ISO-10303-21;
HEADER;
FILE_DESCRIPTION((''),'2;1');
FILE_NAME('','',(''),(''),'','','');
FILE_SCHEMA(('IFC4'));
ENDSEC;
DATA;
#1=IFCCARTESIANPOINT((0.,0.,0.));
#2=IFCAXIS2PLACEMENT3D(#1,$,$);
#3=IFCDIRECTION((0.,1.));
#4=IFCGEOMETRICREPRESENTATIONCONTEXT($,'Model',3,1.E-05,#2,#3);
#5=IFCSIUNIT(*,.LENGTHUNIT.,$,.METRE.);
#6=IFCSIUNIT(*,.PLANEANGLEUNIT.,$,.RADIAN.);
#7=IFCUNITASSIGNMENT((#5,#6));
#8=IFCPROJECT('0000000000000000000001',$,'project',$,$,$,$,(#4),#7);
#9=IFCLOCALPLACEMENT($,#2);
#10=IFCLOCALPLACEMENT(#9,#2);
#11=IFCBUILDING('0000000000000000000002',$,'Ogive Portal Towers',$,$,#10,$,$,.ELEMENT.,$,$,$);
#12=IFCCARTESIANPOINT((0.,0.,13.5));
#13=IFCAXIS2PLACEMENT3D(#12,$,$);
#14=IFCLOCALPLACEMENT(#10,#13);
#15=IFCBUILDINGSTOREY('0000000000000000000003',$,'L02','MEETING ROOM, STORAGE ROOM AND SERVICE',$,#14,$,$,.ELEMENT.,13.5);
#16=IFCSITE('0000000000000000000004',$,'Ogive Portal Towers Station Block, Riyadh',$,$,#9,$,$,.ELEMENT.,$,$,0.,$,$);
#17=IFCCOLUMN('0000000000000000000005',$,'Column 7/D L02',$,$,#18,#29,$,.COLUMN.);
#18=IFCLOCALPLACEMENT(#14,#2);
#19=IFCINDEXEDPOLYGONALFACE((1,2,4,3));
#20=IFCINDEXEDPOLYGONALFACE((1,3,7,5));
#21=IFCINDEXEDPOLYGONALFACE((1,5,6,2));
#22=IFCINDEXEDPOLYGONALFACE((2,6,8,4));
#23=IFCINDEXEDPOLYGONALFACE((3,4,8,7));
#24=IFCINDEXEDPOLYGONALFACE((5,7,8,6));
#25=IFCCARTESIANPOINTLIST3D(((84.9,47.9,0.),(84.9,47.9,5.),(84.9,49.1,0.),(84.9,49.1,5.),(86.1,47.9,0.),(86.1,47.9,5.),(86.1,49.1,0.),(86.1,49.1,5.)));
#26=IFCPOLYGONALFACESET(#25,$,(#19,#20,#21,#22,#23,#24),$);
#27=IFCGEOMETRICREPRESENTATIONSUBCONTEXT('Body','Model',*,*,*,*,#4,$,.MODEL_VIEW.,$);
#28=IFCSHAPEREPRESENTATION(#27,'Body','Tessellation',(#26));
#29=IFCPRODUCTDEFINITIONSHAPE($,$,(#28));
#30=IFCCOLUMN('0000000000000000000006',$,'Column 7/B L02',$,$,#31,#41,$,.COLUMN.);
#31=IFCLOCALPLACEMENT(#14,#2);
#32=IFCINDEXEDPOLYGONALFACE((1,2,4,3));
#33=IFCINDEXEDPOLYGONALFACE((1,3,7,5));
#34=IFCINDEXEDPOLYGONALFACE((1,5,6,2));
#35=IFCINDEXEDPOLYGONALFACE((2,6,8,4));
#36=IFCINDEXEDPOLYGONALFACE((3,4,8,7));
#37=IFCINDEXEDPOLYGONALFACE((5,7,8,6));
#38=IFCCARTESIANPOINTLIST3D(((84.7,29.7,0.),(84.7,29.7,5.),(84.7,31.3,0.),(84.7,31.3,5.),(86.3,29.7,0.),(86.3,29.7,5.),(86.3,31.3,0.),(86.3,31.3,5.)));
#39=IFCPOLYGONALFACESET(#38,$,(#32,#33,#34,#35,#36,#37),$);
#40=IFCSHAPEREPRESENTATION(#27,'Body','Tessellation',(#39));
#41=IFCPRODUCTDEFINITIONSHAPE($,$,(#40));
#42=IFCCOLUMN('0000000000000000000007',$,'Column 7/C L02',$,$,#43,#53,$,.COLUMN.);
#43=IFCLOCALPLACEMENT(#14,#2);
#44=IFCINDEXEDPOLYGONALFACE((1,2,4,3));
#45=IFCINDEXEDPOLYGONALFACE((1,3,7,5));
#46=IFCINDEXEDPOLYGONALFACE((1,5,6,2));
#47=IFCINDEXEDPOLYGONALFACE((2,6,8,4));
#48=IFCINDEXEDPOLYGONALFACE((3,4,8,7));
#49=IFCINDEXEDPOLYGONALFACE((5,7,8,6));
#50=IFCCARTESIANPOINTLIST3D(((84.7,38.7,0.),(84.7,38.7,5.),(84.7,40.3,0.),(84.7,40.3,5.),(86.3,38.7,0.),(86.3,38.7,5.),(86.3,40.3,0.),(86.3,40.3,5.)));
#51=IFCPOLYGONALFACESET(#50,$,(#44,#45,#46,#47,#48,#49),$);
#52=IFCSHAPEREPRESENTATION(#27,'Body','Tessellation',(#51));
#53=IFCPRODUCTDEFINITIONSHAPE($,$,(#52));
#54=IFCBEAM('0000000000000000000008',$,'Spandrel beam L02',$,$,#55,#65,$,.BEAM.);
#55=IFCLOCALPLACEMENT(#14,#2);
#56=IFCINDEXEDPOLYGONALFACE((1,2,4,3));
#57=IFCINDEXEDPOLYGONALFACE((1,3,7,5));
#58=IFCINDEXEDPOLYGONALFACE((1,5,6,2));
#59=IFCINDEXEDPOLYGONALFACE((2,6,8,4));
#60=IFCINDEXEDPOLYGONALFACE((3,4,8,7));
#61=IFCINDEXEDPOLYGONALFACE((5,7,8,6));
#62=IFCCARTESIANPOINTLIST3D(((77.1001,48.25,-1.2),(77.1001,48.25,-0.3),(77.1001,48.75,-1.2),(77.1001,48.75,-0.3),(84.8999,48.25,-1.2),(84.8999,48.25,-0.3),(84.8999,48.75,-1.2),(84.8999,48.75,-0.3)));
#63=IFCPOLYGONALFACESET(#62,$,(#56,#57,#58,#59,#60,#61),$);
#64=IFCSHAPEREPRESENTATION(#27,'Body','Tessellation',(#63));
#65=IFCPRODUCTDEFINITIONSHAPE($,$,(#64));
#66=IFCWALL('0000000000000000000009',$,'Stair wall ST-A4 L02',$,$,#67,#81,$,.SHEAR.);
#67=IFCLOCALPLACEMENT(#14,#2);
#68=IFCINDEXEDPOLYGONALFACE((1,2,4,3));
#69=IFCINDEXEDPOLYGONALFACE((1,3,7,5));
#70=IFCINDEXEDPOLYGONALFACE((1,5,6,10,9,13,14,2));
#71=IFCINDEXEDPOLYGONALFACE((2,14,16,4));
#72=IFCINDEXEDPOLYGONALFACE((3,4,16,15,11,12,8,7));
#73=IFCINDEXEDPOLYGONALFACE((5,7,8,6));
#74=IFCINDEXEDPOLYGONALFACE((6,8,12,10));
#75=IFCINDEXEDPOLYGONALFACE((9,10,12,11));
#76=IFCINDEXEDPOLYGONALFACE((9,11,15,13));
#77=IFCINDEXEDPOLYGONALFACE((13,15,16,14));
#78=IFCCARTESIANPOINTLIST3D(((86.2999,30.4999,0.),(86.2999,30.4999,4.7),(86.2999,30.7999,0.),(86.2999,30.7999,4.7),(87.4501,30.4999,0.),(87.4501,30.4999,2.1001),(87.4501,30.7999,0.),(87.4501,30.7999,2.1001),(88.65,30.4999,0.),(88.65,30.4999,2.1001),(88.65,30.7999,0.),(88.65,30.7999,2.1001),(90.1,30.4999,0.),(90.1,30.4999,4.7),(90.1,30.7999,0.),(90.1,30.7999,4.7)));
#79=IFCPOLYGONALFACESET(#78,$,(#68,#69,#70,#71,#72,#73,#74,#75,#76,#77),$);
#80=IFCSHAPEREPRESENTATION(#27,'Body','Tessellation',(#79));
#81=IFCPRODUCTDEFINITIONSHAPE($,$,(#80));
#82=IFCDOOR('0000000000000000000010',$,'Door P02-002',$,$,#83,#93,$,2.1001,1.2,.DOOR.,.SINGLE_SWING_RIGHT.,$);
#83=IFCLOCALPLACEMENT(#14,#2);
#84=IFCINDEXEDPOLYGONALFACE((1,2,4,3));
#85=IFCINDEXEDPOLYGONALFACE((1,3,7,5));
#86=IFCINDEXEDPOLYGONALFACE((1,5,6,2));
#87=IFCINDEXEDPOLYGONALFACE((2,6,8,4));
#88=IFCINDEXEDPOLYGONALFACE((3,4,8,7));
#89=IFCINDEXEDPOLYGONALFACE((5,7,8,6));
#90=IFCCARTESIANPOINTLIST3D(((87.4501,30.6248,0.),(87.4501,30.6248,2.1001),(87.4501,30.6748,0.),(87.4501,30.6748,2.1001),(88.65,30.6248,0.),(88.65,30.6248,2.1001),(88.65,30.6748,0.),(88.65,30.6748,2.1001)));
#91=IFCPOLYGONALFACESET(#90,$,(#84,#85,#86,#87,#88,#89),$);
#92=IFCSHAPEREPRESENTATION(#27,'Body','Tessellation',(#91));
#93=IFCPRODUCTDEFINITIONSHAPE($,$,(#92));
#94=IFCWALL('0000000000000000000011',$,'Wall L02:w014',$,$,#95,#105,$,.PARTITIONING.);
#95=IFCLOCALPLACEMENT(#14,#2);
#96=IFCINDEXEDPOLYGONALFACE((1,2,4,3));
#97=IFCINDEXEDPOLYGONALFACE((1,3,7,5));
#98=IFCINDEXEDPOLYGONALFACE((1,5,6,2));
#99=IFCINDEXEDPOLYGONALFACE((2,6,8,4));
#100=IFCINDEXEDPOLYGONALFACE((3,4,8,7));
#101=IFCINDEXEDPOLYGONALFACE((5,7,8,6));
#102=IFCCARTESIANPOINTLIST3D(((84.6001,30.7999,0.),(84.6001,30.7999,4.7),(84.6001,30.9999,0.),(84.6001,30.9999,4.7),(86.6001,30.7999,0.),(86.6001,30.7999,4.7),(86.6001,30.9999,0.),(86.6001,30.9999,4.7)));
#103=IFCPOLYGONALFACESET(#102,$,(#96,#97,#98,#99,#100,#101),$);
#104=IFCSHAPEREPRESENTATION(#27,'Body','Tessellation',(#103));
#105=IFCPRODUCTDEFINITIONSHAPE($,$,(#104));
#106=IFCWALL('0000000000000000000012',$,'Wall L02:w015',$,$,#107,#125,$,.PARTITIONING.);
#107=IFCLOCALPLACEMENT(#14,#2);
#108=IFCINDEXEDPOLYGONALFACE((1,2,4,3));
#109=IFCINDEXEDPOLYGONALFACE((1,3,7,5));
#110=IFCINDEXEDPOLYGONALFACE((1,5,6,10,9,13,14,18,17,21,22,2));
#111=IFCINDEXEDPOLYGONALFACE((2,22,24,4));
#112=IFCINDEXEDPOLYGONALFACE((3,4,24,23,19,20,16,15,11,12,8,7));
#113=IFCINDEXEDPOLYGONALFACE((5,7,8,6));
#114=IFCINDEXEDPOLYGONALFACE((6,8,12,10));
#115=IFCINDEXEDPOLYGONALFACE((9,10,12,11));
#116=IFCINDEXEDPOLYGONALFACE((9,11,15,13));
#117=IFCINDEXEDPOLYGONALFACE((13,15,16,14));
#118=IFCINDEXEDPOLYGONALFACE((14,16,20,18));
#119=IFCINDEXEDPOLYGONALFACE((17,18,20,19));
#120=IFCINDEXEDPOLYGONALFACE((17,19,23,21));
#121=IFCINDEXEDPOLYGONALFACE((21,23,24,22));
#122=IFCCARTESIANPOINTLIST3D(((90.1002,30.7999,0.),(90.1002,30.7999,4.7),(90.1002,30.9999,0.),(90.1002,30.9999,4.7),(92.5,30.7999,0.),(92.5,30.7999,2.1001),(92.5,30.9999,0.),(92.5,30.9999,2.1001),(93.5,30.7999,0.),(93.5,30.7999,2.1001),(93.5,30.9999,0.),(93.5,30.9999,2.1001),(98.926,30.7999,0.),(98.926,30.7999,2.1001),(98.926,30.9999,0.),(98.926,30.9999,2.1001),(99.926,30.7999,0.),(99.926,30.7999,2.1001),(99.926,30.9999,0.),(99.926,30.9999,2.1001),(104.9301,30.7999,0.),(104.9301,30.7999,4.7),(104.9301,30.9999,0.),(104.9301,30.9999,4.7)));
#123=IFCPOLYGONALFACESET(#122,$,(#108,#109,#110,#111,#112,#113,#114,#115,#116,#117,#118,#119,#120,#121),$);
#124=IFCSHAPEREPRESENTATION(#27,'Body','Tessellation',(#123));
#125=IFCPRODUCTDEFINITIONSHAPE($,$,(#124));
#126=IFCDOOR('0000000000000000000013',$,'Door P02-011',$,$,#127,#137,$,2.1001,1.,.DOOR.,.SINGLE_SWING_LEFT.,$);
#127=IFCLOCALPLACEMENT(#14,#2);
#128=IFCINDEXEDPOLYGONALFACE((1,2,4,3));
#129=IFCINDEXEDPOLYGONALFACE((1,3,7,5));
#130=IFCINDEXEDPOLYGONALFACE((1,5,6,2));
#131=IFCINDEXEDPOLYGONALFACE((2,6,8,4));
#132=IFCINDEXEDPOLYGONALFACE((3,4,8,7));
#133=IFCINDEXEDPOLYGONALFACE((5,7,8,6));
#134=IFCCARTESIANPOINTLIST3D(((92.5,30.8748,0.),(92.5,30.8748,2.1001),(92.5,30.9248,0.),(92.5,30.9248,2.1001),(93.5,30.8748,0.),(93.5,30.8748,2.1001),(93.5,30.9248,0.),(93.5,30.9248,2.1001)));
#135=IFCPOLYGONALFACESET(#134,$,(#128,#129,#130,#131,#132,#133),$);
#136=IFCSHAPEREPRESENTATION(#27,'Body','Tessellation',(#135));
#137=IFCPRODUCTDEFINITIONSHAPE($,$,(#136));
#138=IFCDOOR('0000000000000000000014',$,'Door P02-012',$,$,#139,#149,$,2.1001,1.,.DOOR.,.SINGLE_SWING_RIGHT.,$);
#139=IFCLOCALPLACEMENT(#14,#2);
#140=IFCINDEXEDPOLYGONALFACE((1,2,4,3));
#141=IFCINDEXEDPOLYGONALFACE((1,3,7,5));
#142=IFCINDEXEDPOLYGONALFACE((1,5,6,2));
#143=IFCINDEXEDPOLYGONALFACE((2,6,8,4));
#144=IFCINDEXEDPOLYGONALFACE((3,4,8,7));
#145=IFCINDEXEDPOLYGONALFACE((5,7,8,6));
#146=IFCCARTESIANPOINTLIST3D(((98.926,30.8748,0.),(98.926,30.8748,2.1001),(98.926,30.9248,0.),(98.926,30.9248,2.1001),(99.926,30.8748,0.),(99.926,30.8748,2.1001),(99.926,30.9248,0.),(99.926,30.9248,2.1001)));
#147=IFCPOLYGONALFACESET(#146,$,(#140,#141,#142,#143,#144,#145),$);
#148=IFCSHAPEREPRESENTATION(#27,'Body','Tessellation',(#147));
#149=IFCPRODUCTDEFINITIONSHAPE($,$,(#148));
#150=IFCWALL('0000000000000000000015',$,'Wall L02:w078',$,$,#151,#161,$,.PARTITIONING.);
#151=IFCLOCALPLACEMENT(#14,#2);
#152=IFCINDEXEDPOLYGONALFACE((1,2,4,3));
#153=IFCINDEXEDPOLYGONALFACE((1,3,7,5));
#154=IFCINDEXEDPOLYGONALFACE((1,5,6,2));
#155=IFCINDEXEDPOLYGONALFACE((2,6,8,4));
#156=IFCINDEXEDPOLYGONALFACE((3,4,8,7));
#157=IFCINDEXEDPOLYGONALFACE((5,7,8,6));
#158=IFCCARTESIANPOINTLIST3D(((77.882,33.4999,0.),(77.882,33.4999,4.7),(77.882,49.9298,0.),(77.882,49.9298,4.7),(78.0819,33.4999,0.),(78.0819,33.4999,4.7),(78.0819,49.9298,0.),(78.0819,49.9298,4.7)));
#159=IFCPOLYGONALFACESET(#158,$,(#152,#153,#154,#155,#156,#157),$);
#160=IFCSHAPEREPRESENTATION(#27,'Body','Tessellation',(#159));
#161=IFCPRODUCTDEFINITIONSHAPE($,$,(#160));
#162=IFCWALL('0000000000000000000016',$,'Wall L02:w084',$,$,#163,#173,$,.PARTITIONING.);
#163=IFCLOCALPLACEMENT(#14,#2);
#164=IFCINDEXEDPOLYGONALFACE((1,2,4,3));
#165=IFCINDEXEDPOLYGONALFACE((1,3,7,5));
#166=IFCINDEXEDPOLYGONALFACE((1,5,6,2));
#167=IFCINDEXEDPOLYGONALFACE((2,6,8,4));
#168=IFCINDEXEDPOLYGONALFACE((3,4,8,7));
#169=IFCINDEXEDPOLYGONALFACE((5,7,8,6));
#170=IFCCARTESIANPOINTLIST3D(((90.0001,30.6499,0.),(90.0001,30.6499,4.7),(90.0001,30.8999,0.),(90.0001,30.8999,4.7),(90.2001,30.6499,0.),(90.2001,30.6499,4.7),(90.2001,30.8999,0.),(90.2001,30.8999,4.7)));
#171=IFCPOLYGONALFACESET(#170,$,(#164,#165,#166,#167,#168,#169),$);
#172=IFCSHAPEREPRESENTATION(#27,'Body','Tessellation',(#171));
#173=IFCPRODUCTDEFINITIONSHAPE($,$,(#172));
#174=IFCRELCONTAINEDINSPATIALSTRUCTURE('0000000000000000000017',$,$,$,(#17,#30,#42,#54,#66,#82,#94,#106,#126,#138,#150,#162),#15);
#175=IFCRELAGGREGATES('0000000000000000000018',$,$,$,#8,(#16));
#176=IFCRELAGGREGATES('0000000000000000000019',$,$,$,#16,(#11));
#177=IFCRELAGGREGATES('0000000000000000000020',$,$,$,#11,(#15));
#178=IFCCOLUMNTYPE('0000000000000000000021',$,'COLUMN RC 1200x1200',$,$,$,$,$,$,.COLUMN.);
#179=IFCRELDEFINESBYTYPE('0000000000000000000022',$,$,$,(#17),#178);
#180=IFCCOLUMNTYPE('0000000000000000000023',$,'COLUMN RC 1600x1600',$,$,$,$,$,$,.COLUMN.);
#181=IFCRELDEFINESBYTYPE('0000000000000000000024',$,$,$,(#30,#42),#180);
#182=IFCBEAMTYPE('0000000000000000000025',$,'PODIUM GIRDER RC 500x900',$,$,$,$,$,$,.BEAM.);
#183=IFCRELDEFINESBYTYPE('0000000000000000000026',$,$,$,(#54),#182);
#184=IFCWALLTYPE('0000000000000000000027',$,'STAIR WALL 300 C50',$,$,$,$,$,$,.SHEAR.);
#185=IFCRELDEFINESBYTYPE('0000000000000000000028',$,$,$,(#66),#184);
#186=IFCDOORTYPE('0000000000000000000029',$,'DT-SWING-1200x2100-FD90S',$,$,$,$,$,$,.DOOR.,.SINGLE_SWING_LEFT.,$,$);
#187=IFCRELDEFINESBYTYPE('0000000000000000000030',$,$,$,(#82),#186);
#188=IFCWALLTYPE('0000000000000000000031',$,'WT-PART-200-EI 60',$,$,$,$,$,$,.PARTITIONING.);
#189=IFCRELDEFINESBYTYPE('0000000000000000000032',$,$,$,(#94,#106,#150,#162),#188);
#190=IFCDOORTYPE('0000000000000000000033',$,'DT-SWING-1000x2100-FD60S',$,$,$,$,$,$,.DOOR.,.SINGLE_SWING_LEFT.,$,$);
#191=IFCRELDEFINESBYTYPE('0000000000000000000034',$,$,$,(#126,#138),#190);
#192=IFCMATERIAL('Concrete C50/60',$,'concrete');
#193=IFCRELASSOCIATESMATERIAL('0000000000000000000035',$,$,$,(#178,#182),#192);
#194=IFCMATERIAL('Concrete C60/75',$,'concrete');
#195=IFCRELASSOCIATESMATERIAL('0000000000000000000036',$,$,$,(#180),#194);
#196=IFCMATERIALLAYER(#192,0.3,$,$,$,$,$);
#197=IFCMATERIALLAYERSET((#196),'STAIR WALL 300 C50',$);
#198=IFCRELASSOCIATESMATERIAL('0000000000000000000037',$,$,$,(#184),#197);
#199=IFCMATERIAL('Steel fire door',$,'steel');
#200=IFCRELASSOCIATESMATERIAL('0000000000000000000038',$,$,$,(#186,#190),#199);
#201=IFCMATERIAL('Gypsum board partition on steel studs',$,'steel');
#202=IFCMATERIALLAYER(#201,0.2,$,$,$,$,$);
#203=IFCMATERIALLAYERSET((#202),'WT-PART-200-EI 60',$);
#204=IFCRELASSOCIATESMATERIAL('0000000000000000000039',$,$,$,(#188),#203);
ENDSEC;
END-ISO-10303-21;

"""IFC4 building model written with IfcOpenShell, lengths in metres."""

from ifc_helpers import new_model, si_unit, direction, frame, frame_2d, origin, origin_2d, place, context, subcontext, project, spatial, rectangle, extrude, material, layer, layer_set, material_profile, profile_set, type_object, element, fill, save


model = new_model("IFC4")

# Units and contexts
model_context = context("Model", 3, precision=1e-05, world=origin(), true_north=direction((0.0, 1.0)))
body_context = subcontext(model_context, "Body", "Model", "MODEL_VIEW")
ifc_project = project(units=[si_unit("LENGTHUNIT", "METRE"), si_unit("PLANEANGLEUNIT", "RADIAN")], contexts=[model_context])

# Site, building, storey
site_placement = place(None, origin())
site = spatial("IfcSite", under=ifc_project, at=site_placement, Name="Ogive Portal Towers Station Block, Riyadh", CompositionType="ELEMENT", RefElevation=0.0)
building_placement = place(site_placement, origin())
building = spatial("IfcBuilding", under=site, at=building_placement, Name="Ogive Portal Towers", CompositionType="ELEMENT")
storey_placement = place(building_placement, frame((0.0, 0.0, 13.5)))
storey = spatial("IfcBuildingStorey", under=building, at=storey_placement, Name="L02", Description="MEETING ROOM, STORAGE ROOM AND SERVICE", CompositionType="ELEMENT", Elevation=13.5)

# Columns
ifc_material_1 = material(Name="Concrete C50/60", Category="concrete")
ifc_material_profile_1 = material_profile(ifc_material_1, rectangle(XDim=1.2, YDim=1.2, at=origin_2d()), Name="RC 1200x1200")
ifc_profile_set_1 = profile_set([ifc_material_profile_1], Name="Concrete C50/60")
column_type_1 = type_object("IfcColumnType", Name="COLUMN RC 1200x1200", PredefinedType="COLUMN", material=ifc_profile_set_1)
column_placement = place(storey_placement, frame((85.5, 48.5, 0.0), z_axis=(0.0, 0.0, 1.0), x_axis=(1.0, 0.0, 0.0)))
element("IfcColumn", 1, at=column_placement, inside=storey, type_object=column_type_1, Name="Column 7/D L02", PredefinedType="COLUMN", context=body_context, shape_type="SweptSolid", body=[
    extrude(rectangle(XDim=1.2, YDim=1.2, at=origin_2d()), origin(), (0.0, 0.0, 1.0), 5.0),
])
ifc_material_2 = material(Name="Concrete C60/75", Category="concrete")
ifc_material_profile_2 = material_profile(ifc_material_2, rectangle(XDim=1.6001, YDim=1.6001, at=origin_2d()), Name="RC 1600x1600")
ifc_profile_set_2 = profile_set([ifc_material_profile_2], Name="Concrete C60/75")
column_type_2 = type_object("IfcColumnType", Name="COLUMN RC 1600x1600", PredefinedType="COLUMN", material=ifc_profile_set_2)
for number, where, z_axis, x_axis, name in (
    (2, (85.5, 30.5, 0.0), (0.0, 0.0, 1.0), (1.0, 0.0, 0.0), "Column 7/B L02"),
    (3, (85.5, 39.5, 0.0), (0.0, 0.0, 1.0), (1.0, 0.0, 0.0), "Column 7/C L02"),
):
    element("IfcColumn", number, at=place(storey_placement, frame(where, z_axis=z_axis, x_axis=x_axis)), inside=storey, type_object=column_type_2, Name=name, PredefinedType="COLUMN", context=body_context, shape_type="SweptSolid", body=[
        extrude(rectangle(XDim=1.6001, YDim=1.6001, at=origin_2d()), origin(), (0.0, 0.0, 1.0), 5.0),
    ])

# Beam
ifc_material_profile_3 = material_profile(ifc_material_1, rectangle(XDim=0.5, YDim=0.8999, at=origin_2d()), Name="RC 500x900")
ifc_profile_set_3 = profile_set([ifc_material_profile_3], Name="Concrete C50/60")
beam_type = type_object("IfcBeamType", Name="PODIUM GIRDER RC 500x900", PredefinedType="BEAM", material=ifc_profile_set_3)
beam_placement = place(storey_placement, frame((84.8999, 48.5, -0.75), z_axis=(-1.0, 0.0, 0.0), x_axis=(0.0, -1.0, 0.0)))
element("IfcBeam", 4, at=beam_placement, inside=storey, type_object=beam_type, Name="Spandrel beam L02", PredefinedType="BEAM", context=body_context, shape_type="SweptSolid", body=[
    extrude(rectangle(XDim=0.5, YDim=0.8999, at=origin_2d()), origin(), (0.0, 0.0, 1.0), 7.7998),
])

# Wall, opening, door
ifc_layer_1 = layer(ifc_material_1, 0.3)
ifc_layer_set_1 = layer_set([ifc_layer_1], Name="STAIR WALL 300 C50")
wall_type_1 = type_object("IfcWallType", Name="STAIR WALL 300 C50", PredefinedType="SHEAR", material=ifc_layer_set_1)
wall_1_placement = place(storey_placement, frame((86.3, 30.6499, 0.0), z_axis=(0.0, 0.0, 1.0), x_axis=(1.0, 0.0, 0.0)))
wall_1 = element("IfcWall", 5, at=wall_1_placement, inside=storey, type_object=wall_type_1, Name="Stair wall ST-A4 L02", PredefinedType="SHEAR", context=body_context, shape_type="SweptSolid", body=[
    extrude(rectangle(XDim=3.8, YDim=0.3, at=frame_2d((1.8999, 0.0))), origin(), (0.0, 0.0, 1.0), 4.7),
])
opening_1_placement = place(wall_1_placement, frame((1.1499, 0.0, 0.0)))
opening_1 = element("IfcOpeningElement", 6, at=opening_1_placement, cuts=wall_1, PredefinedType="OPENING", context=body_context, shape_type="SweptSolid", body=[
    extrude(rectangle(XDim=1.2, YDim=2.1001, at=frame_2d((0.6001, 1.05))), frame((0.0, 0.1602, 0.0), z_axis=(0.0, -1.0, 0.0), x_axis=(1.0, 0.0, 0.0)), (0.0, 0.0, 1.0), 0.3201),
])
ifc_material_3 = material(Name="Steel fire door", Category="steel")
door_type_1 = type_object("IfcDoorType", Name="DT-SWING-1200x2100-FD90S", OperationType="SINGLE_SWING_LEFT", PredefinedType="DOOR", material=ifc_material_3)
door_1_placement = place(opening_1_placement, origin())
door_1 = element("IfcDoor", 7, at=door_1_placement, inside=storey, type_object=door_type_1, Name="Door P02-002", OperationType="SINGLE_SWING_RIGHT", OverallHeight=2.1001, OverallWidth=1.2, PredefinedType="DOOR", context=body_context, shape_type="SweptSolid", body=[
    extrude(rectangle(XDim=1.2, YDim=2.1001, at=frame_2d((0.6001, 1.05))), frame((0.0, 0.0249, 0.0), z_axis=(0.0, -1.0, 0.0), x_axis=(1.0, 0.0, 0.0)), (0.0, 0.0, 1.0), 0.05),
])
fill(opening_1, door_1)

# Wall
ifc_material_4 = material(Name="Gypsum board partition on steel studs", Category="steel")
ifc_layer_2 = layer(ifc_material_4, 0.2)
ifc_layer_set_2 = layer_set([ifc_layer_2], Name="WT-PART-200-EI 60")
wall_type_2 = type_object("IfcWallType", Name="WT-PART-200-EI 60", PredefinedType="PARTITIONING", material=ifc_layer_set_2)
wall_2_placement = place(storey_placement, frame((84.6001, 30.8999, 0.0), z_axis=(0.0, 0.0, 1.0), x_axis=(1.0, 0.0, 0.0)))
element("IfcWall", 8, at=wall_2_placement, inside=storey, type_object=wall_type_2, Name="Wall L02:w014", PredefinedType="PARTITIONING", context=body_context, shape_type="SweptSolid", body=[
    extrude(rectangle(XDim=2.0, YDim=0.2, at=frame_2d((1.0, 0.0))), origin(), (0.0, 0.0, 1.0), 4.7),
])

# Wall, openings, doors
wall_3_placement = place(storey_placement, frame((90.1001, 30.8999, 0.0), z_axis=(0.0, 0.0, 1.0), x_axis=(1.0, 0.0, 0.0)))
wall_3 = element("IfcWall", 9, at=wall_3_placement, inside=storey, type_object=wall_type_2, Name="Wall L02:w015", PredefinedType="PARTITIONING", context=body_context, shape_type="SweptSolid", body=[
    extrude(rectangle(XDim=14.8298, YDim=0.2, at=frame_2d((7.415, 0.0))), origin(), (0.0, 0.0, 1.0), 4.7),
])
opening_2_placement = place(wall_3_placement, frame((2.3999, 0.0, 0.0)))
opening_2 = element("IfcOpeningElement", 10, at=opening_2_placement, cuts=wall_3, PredefinedType="OPENING", context=body_context, shape_type="SweptSolid", body=[
    extrude(rectangle(XDim=1.0, YDim=2.1001, at=frame_2d((0.5, 1.05))), frame((0.0, 0.1099, 0.0), z_axis=(0.0, -1.0, 0.0), x_axis=(1.0, 0.0, 0.0)), (0.0, 0.0, 1.0), 0.22),
])
opening_3_placement = place(wall_3_placement, frame((8.8259, 0.0, 0.0)))
opening_3 = element("IfcOpeningElement", 11, at=opening_3_placement, cuts=wall_3, PredefinedType="OPENING", context=body_context, shape_type="SweptSolid", body=[
    extrude(rectangle(XDim=1.0, YDim=2.1001, at=frame_2d((0.5, 1.05))), frame((0.0, 0.1099, 0.0), z_axis=(0.0, -1.0, 0.0), x_axis=(1.0, 0.0, 0.0)), (0.0, 0.0, 1.0), 0.22),
])
door_type_2 = type_object("IfcDoorType", Name="DT-SWING-1000x2100-FD60S", OperationType="SINGLE_SWING_LEFT", PredefinedType="DOOR", material=ifc_material_3)
door_2_placement = place(opening_2_placement, origin())
door_2 = element("IfcDoor", 12, at=door_2_placement, inside=storey, type_object=door_type_2, Name="Door P02-011", OperationType="SINGLE_SWING_LEFT", OverallHeight=2.1001, OverallWidth=1.0, PredefinedType="DOOR", context=body_context, shape_type="SweptSolid", body=[
    extrude(rectangle(XDim=1.0, YDim=2.1001, at=frame_2d((0.5, 1.05))), frame((0.0, 0.0249, 0.0), z_axis=(0.0, -1.0, 0.0), x_axis=(1.0, 0.0, 0.0)), (0.0, 0.0, 1.0), 0.05),
])
fill(opening_2, door_2)
door_3_placement = place(opening_3_placement, origin())
door_3 = element("IfcDoor", 13, at=door_3_placement, inside=storey, type_object=door_type_2, Name="Door P02-012", OperationType="SINGLE_SWING_RIGHT", OverallHeight=2.1001, OverallWidth=1.0, PredefinedType="DOOR", context=body_context, shape_type="SweptSolid", body=[
    extrude(rectangle(XDim=1.0, YDim=2.1001, at=frame_2d((0.5, 1.05))), frame((0.0, 0.0249, 0.0), z_axis=(0.0, -1.0, 0.0), x_axis=(1.0, 0.0, 0.0)), (0.0, 0.0, 1.0), 0.05),
])
fill(opening_3, door_3)

# Walls
wall_4_placement = place(storey_placement, frame((77.9819, 33.5, 0.0), z_axis=(0.0, 0.0, 1.0), x_axis=(0.0, 1.0, 0.0)))
element("IfcWall", 14, at=wall_4_placement, inside=storey, type_object=wall_type_2, Name="Wall L02:w078", PredefinedType="PARTITIONING", context=body_context, shape_type="SweptSolid", body=[
    extrude(rectangle(XDim=16.4299, YDim=0.2, at=frame_2d((8.2148, 0.0))), origin(), (0.0, 0.0, 1.0), 4.7),
])
wall_5_placement = place(storey_placement, frame((90.1001, 30.6499, 0.0), z_axis=(0.0, 0.0, 1.0), x_axis=(0.0, 1.0, 0.0)))
element("IfcWall", 15, at=wall_5_placement, inside=storey, type_object=wall_type_2, Name="Wall L02:w084", PredefinedType="PARTITIONING", context=body_context, shape_type="SweptSolid", body=[
    extrude(rectangle(XDim=0.25, YDim=0.2, at=frame_2d((0.125, 0.0))), origin(), (0.0, 0.0, 1.0), 4.7),
])

save(model, "model.ifc")
